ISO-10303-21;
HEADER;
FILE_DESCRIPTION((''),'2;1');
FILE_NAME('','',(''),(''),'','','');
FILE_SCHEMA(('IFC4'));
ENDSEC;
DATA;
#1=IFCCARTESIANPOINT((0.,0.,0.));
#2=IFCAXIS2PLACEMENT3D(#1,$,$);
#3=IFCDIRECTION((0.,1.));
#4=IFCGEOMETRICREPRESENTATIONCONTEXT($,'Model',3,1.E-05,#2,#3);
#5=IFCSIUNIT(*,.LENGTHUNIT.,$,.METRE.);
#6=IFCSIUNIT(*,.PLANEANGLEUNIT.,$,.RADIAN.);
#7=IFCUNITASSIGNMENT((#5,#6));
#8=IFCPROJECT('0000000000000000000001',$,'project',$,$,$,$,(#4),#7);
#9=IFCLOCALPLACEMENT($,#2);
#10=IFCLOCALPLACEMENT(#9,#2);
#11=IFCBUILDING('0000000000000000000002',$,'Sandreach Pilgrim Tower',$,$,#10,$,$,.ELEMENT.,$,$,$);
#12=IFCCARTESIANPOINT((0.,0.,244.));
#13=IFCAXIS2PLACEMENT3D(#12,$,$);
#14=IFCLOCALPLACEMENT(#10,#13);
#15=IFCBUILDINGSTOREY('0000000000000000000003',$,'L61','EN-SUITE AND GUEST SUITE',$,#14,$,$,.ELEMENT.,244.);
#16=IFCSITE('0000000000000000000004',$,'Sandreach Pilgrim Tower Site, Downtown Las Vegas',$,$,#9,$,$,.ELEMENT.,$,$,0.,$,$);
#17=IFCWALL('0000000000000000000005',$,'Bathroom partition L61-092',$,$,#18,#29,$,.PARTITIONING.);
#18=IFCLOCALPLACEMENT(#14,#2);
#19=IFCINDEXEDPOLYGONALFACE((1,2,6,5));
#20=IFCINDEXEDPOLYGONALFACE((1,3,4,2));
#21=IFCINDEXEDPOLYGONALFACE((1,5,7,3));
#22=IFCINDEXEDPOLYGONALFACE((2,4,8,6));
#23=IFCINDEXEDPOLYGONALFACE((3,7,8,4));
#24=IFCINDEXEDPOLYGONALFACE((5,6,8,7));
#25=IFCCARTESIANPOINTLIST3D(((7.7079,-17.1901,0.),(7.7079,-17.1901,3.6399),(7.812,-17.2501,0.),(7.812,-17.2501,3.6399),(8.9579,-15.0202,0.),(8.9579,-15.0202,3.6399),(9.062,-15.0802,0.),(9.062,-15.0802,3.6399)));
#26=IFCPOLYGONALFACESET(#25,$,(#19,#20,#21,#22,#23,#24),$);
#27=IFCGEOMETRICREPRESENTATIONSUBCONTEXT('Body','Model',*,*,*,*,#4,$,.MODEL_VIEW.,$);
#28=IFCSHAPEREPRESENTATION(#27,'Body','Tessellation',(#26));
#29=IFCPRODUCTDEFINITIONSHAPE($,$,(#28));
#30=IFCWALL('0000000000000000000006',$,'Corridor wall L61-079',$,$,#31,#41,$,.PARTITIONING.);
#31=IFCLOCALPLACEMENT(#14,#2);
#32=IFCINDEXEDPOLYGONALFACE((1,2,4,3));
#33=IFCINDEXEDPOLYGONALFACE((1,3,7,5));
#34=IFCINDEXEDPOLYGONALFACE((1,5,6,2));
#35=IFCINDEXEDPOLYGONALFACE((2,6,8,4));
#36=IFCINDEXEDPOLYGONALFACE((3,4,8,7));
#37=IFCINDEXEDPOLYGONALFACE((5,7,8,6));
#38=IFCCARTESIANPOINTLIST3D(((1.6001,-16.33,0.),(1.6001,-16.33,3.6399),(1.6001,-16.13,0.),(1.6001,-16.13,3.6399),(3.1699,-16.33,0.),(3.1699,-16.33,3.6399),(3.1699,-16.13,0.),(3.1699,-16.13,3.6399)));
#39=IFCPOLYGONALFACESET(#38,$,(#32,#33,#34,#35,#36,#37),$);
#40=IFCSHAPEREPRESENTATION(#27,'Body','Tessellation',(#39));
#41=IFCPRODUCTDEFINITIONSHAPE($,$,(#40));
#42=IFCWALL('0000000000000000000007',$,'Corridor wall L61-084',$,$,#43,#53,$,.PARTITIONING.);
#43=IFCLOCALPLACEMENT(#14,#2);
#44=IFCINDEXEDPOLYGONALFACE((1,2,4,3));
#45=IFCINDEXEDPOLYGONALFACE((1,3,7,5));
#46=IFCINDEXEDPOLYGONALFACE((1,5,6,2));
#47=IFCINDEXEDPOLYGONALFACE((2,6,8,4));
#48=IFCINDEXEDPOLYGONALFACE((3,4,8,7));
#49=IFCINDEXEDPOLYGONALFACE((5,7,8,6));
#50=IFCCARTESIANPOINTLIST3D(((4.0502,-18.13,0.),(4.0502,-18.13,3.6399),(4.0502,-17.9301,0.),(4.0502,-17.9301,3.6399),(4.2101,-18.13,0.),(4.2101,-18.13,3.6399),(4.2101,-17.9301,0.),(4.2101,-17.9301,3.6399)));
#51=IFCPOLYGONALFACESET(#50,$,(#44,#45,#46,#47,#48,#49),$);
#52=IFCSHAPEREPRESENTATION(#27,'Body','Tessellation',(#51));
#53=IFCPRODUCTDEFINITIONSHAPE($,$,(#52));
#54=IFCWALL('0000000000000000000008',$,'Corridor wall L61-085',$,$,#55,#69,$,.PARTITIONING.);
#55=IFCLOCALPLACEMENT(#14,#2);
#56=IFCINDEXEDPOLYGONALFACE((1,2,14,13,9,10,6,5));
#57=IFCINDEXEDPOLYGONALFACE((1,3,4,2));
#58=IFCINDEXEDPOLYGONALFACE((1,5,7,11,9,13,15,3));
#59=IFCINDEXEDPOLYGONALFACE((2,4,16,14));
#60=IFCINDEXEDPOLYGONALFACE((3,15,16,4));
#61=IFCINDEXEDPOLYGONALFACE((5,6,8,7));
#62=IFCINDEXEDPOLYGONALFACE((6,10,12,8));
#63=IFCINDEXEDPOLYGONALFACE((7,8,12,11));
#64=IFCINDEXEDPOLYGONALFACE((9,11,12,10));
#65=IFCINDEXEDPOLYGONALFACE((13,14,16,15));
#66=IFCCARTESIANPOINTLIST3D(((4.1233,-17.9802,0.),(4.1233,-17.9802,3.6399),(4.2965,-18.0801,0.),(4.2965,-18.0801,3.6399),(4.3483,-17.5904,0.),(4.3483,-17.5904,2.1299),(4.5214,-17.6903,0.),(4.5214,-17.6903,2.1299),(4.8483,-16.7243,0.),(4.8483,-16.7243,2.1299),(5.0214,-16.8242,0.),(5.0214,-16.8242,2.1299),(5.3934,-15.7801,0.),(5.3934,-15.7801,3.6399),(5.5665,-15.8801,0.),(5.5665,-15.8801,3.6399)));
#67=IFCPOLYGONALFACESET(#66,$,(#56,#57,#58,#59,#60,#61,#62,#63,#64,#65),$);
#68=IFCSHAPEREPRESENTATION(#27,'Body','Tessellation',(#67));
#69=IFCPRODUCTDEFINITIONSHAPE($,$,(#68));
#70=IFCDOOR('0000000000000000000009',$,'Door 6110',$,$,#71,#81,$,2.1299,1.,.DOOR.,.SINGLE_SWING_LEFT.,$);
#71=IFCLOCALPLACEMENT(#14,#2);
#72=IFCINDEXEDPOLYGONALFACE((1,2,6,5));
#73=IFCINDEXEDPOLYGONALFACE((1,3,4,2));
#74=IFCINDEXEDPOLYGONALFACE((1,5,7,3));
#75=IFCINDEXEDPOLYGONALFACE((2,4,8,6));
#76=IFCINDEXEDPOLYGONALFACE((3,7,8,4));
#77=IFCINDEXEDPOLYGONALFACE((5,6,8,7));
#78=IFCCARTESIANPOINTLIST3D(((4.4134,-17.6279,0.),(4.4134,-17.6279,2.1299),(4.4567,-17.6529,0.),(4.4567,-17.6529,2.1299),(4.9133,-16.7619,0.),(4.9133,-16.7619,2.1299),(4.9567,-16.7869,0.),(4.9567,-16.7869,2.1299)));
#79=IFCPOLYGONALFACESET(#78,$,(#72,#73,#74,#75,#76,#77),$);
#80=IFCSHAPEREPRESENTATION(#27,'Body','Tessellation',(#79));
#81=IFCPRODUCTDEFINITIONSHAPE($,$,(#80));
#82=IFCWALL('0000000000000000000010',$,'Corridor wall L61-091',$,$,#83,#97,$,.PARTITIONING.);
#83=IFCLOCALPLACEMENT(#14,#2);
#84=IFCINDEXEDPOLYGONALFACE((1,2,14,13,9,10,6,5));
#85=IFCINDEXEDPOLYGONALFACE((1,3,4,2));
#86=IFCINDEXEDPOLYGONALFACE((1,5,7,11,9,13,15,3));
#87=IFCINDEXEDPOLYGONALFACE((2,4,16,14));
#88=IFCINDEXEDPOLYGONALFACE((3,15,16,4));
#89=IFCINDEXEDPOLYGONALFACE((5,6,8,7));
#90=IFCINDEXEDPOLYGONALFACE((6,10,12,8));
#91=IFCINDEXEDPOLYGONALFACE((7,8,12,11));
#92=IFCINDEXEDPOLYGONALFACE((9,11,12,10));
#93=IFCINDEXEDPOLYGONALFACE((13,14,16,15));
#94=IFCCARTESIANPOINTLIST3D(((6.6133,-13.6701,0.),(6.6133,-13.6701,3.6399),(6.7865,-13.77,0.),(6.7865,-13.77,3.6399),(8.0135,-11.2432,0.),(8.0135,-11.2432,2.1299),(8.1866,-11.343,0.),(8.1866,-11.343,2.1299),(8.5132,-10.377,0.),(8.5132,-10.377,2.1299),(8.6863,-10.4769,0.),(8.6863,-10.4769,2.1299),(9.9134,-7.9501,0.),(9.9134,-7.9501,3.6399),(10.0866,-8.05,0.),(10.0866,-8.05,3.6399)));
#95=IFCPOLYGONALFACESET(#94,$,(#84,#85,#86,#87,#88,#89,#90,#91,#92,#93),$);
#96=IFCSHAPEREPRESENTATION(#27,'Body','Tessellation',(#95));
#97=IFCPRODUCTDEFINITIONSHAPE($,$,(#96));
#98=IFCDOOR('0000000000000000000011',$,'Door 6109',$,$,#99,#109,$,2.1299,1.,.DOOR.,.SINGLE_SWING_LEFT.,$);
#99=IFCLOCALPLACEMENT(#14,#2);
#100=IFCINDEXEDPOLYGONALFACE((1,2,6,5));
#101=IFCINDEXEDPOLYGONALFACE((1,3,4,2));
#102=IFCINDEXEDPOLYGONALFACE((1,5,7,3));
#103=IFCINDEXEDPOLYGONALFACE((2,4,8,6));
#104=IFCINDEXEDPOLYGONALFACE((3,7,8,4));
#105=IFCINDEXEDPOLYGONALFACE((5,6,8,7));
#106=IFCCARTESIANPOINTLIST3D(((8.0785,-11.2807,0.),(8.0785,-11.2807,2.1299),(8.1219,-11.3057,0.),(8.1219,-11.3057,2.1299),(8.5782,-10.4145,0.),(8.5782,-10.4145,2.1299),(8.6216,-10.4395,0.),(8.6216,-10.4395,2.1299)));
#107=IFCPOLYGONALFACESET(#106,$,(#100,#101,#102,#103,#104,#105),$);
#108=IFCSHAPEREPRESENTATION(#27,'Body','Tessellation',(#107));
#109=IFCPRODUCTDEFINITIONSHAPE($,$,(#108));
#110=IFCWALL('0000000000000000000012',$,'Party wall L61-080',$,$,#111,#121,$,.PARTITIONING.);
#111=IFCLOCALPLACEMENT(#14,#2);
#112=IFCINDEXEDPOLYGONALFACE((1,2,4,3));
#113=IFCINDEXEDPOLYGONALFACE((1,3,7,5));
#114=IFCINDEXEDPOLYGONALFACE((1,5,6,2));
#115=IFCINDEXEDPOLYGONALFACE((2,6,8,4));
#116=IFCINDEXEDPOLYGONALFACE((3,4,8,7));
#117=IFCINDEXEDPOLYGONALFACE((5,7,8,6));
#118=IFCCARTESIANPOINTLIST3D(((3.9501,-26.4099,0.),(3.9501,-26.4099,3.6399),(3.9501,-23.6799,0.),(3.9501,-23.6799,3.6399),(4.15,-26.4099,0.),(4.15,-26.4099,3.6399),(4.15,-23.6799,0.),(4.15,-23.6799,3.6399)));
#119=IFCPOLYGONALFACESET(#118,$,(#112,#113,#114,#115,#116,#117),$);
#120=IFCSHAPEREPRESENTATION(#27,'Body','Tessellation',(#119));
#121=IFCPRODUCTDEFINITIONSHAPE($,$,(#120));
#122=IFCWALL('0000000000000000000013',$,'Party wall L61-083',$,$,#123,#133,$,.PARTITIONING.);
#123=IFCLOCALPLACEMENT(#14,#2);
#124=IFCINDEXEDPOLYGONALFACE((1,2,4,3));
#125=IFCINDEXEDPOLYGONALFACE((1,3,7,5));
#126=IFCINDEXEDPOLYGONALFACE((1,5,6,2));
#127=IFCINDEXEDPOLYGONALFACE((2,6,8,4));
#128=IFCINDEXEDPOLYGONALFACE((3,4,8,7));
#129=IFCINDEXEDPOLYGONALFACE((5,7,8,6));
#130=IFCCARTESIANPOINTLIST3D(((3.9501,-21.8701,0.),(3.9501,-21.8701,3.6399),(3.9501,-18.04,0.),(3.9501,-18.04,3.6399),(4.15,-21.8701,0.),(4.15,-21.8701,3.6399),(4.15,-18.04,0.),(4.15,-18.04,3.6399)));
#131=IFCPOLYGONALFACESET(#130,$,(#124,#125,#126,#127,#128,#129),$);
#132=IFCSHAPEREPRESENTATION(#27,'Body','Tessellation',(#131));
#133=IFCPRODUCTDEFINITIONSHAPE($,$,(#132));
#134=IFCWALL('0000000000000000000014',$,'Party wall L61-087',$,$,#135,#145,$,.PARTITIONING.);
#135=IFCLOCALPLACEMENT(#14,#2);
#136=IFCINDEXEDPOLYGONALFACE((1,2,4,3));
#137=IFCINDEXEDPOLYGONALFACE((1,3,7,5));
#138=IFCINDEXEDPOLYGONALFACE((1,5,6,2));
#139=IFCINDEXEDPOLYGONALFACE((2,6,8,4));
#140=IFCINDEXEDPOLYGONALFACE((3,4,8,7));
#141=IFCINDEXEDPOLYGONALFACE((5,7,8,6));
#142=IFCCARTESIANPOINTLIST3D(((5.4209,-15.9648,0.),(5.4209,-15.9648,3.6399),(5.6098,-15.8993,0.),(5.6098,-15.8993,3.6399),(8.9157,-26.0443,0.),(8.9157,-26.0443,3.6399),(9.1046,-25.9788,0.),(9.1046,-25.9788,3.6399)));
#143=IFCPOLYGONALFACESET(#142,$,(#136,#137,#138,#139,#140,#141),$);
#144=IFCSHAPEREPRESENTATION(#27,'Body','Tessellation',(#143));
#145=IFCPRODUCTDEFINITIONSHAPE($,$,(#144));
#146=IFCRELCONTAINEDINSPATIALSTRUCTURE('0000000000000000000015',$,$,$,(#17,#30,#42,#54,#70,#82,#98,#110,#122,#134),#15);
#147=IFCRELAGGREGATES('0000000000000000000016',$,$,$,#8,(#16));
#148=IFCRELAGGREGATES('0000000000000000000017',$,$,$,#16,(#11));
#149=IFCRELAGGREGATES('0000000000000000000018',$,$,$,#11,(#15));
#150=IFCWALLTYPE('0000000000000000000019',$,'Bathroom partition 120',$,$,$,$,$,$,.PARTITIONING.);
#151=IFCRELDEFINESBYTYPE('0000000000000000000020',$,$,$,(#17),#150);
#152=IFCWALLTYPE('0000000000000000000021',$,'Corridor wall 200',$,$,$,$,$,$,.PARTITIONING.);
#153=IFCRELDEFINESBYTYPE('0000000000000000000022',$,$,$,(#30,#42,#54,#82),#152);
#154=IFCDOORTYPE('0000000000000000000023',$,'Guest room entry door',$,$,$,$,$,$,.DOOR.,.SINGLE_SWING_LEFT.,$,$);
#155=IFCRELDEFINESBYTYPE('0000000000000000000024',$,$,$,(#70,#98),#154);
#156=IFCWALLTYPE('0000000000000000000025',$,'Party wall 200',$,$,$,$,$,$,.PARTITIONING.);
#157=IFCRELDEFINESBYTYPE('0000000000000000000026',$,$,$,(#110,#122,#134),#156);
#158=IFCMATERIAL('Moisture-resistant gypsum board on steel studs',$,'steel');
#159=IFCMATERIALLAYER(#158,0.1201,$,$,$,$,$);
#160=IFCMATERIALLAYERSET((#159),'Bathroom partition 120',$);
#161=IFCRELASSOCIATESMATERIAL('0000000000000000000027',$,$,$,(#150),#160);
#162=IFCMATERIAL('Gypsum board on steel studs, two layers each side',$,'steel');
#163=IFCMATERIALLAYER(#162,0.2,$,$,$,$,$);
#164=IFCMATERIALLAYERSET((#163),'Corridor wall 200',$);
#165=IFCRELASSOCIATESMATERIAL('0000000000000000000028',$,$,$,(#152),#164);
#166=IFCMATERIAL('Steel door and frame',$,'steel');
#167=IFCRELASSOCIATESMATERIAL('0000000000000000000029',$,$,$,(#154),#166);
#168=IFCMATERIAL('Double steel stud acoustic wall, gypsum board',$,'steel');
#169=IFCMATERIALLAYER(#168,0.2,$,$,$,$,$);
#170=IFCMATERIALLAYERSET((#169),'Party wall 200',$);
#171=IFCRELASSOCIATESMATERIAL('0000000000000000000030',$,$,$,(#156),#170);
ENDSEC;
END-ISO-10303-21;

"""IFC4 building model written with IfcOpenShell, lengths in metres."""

from ifc_helpers import new_model, si_unit, direction, frame, frame_2d, origin, place, context, subcontext, project, spatial, rectangle, extrude, material, layer, layer_set, type_object, element, fill, save


model = new_model("IFC4")

# Units and contexts
model_context = context("Model", 3, precision=1e-05, world=origin(), true_north=direction((0.0, 1.0)))
body_context = subcontext(model_context, "Body", "Model", "MODEL_VIEW")
ifc_project = project(units=[si_unit("LENGTHUNIT", "METRE"), si_unit("PLANEANGLEUNIT", "RADIAN")], contexts=[model_context])

# Site, building, storey
site_placement = place(None, origin())
site = spatial("IfcSite", under=ifc_project, at=site_placement, Name="Sandreach Pilgrim Tower Site, Downtown Las Vegas", CompositionType="ELEMENT", RefElevation=0.0)
building_placement = place(site_placement, origin())
building = spatial("IfcBuilding", under=site, at=building_placement, Name="Sandreach Pilgrim Tower", CompositionType="ELEMENT")
storey_placement = place(building_placement, frame((0.0, 0.0, 244.0)))
storey = spatial("IfcBuildingStorey", under=building, at=storey_placement, Name="L61", Description="EN-SUITE AND GUEST SUITE", CompositionType="ELEMENT", Elevation=244.0)

# Shared definitions
ifc_material_1 = material(Name="Moisture-resistant gypsum board on steel studs", Category="steel")
ifc_layer_1 = layer(ifc_material_1, 0.1201)
ifc_layer_set_1 = layer_set([ifc_layer_1], Name="Bathroom partition 120")
wall_type_1 = type_object("IfcWallType", Name="Bathroom partition 120", PredefinedType="PARTITIONING", material=ifc_layer_set_1)

# Wall
wall_1_placement = place(storey_placement, frame((7.76, -17.22, 0.0), z_axis=(0.0, 0.0, 1.0), x_axis=(0.49916, 0.86651, 0.0)))
element("IfcWall", 1, at=wall_1_placement, inside=storey, type_object=wall_type_1, Name="Bathroom partition L61-092", PredefinedType="PARTITIONING", context=body_context, shape_type="SweptSolid", body=[
    extrude(rectangle(XDim=2.5042, YDim=0.1201, at=frame_2d((1.252, 0.0))), origin(), (0.0, 0.0, 1.0), 3.6399),
])

# Shared definitions
ifc_material_2 = material(Name="Gypsum board on steel studs, two layers each side", Category="steel")
ifc_layer_2 = layer(ifc_material_2, 0.2)
ifc_layer_set_2 = layer_set([ifc_layer_2], Name="Corridor wall 200")
wall_type_2 = type_object("IfcWallType", Name="Corridor wall 200", PredefinedType="PARTITIONING", material=ifc_layer_set_2)

# Walls
wall_2_placement = place(storey_placement, frame((3.1699, -16.23, 0.0), z_axis=(0.0, 0.0, 1.0), x_axis=(-1.0, 0.0, 0.0)))
element("IfcWall", 2, at=wall_2_placement, inside=storey, type_object=wall_type_2, Name="Corridor wall L61-079", PredefinedType="PARTITIONING", context=body_context, shape_type="SweptSolid", body=[
    extrude(rectangle(XDim=1.5698, YDim=0.2, at=frame_2d((0.7849, 0.0))), origin(), (0.0, 0.0, 1.0), 3.6399),
])
wall_3_placement = place(storey_placement, frame((4.05, -18.03, 0.0), z_axis=(0.0, 0.0, 1.0), x_axis=(1.0, 0.0, 0.0)))
element("IfcWall", 3, at=wall_3_placement, inside=storey, type_object=wall_type_2, Name="Corridor wall L61-084", PredefinedType="PARTITIONING", context=body_context, shape_type="SweptSolid", body=[
    extrude(rectangle(XDim=0.1599, YDim=0.2, at=frame_2d((0.0801, 0.0))), origin(), (0.0, 0.0, 1.0), 3.6399),
])

# Walls, openings, doors
wall_4_placement = place(storey_placement, frame((4.21, -18.03, 0.0), z_axis=(0.0, 0.0, 1.0), x_axis=(0.499964, 0.866046, 0.0)))
wall_4 = element("IfcWall", 4, at=wall_4_placement, inside=storey, type_object=wall_type_2, Name="Corridor wall L61-085", PredefinedType="PARTITIONING", context=body_context, shape_type="SweptSolid", body=[
    extrude(rectangle(XDim=2.5403, YDim=0.2, at=frame_2d((1.27, 0.0))), origin(), (0.0, 0.0, 1.0), 3.6399),
])
opening_1_placement = place(wall_4_placement, frame((0.45, 0.0, 0.0)))
opening_1 = element("IfcOpeningElement", 5, at=opening_1_placement, cuts=wall_4, PredefinedType="OPENING", context=body_context, shape_type="SweptSolid", body=[
    extrude(rectangle(XDim=1.0, YDim=2.1299, at=frame_2d((0.5, 1.0649))), frame((0.0, 0.1001, 0.0), z_axis=(0.0, -1.0, 0.0), x_axis=(1.0, 0.0, 0.0)), (0.0, 0.0, 1.0), 0.2),
])
ifc_material_3 = material(Name="Steel door and frame", Category="steel")
door_type_1 = type_object("IfcDoorType", Name="Guest room entry door", OperationType="SINGLE_SWING_LEFT", PredefinedType="DOOR", material=ifc_material_3)
door_1_placement = place(opening_1_placement, origin())
door_1 = element("IfcDoor", 6, at=door_1_placement, inside=storey, type_object=door_type_1, Name="Door 6110", OperationType="SINGLE_SWING_LEFT", OverallHeight=2.1299, OverallWidth=1.0, PredefinedType="DOOR", context=body_context, shape_type="SweptSolid", body=[
    extrude(rectangle(XDim=1.0, YDim=2.1299, at=frame_2d((0.5, 1.0649))), frame((0.0, 0.0249, 0.0), z_axis=(0.0, -1.0, 0.0), x_axis=(1.0, 0.0, 0.0)), (0.0, 0.0, 1.0), 0.05),
])
fill(opening_1, door_1)
wall_5_placement = place(storey_placement, frame((6.7, -13.72, 0.0), z_axis=(0.0, 0.0, 1.0), x_axis=(0.49973, 0.866181, 0.0)))
wall_5 = element("IfcWall", 7, at=wall_5_placement, inside=storey, type_object=wall_type_2, Name="Corridor wall L61-091", PredefinedType="PARTITIONING", context=body_context, shape_type="SweptSolid", body=[
    extrude(rectangle(XDim=6.6038, YDim=0.2, at=frame_2d((3.3018, 0.0))), origin(), (0.0, 0.0, 1.0), 3.6399),
])
opening_2_placement = place(wall_5_placement, frame((2.8018, 0.0, 0.0)))
opening_2 = element("IfcOpeningElement", 8, at=opening_2_placement, cuts=wall_5, PredefinedType="OPENING", context=body_context, shape_type="SweptSolid", body=[
    extrude(rectangle(XDim=1.0, YDim=2.1299, at=frame_2d((0.5, 1.0649))), frame((0.0, 0.1001, 0.0), z_axis=(0.0, -1.0, 0.0), x_axis=(1.0, 0.0, 0.0)), (0.0, 0.0, 1.0), 0.2),
])
door_2_placement = place(opening_2_placement, origin())
door_2 = element("IfcDoor", 9, at=door_2_placement, inside=storey, type_object=door_type_1, Name="Door 6109", OperationType="SINGLE_SWING_LEFT", OverallHeight=2.1299, OverallWidth=1.0, PredefinedType="DOOR", context=body_context, shape_type="SweptSolid", body=[
    extrude(rectangle(XDim=1.0, YDim=2.1299, at=frame_2d((0.5, 1.0649))), frame((0.0, 0.0249, 0.0), z_axis=(0.0, -1.0, 0.0), x_axis=(1.0, 0.0, 0.0)), (0.0, 0.0, 1.0), 0.05),
])
fill(opening_2, door_2)

# Walls
ifc_material_4 = material(Name="Double steel stud acoustic wall, gypsum board", Category="steel")
ifc_layer_3 = layer(ifc_material_4, 0.2)
ifc_layer_set_3 = layer_set([ifc_layer_3], Name="Party wall 200")
wall_type_3 = type_object("IfcWallType", Name="Party wall 200", PredefinedType="PARTITIONING", material=ifc_layer_set_3)
wall_6_placement = place(storey_placement, frame((4.05, -26.4099, 0.0), z_axis=(0.0, 0.0, 1.0), x_axis=(0.0, 1.0, 0.0)))
element("IfcWall", 10, at=wall_6_placement, inside=storey, type_object=wall_type_3, Name="Party wall L61-080", PredefinedType="PARTITIONING", context=body_context, shape_type="SweptSolid", body=[
    extrude(rectangle(XDim=2.73, YDim=0.2, at=frame_2d((1.365, 0.0))), origin(), (0.0, 0.0, 1.0), 3.6399),
])
wall_7_placement = place(storey_placement, frame((4.05, -21.8701, 0.0), z_axis=(0.0, 0.0, 1.0), x_axis=(0.0, 1.0, 0.0)))
element("IfcWall", 11, at=wall_7_placement, inside=storey, type_object=wall_type_3, Name="Party wall L61-083", PredefinedType="PARTITIONING", context=body_context, shape_type="SweptSolid", body=[
    extrude(rectangle(XDim=3.8301, YDim=0.2, at=frame_2d((1.915, 0.0))), origin(), (0.0, 0.0, 1.0), 3.6399),
])
wall_8_placement = place(storey_placement, frame((5.5154, -15.9321, 0.0), z_axis=(0.0, 0.0, 1.0), x_axis=(0.327595, -0.944818, 0.0)))
element("IfcWall", 12, at=wall_8_placement, inside=storey, type_object=wall_type_3, Name="Party wall L61-087", PredefinedType="PARTITIONING", context=body_context, shape_type="SweptSolid", body=[
    extrude(rectangle(XDim=10.6682, YDim=0.2, at=frame_2d((5.334, 0.0))), origin(), (0.0, 0.0, 1.0), 3.6399),
])

save(model, "model.ifc")
